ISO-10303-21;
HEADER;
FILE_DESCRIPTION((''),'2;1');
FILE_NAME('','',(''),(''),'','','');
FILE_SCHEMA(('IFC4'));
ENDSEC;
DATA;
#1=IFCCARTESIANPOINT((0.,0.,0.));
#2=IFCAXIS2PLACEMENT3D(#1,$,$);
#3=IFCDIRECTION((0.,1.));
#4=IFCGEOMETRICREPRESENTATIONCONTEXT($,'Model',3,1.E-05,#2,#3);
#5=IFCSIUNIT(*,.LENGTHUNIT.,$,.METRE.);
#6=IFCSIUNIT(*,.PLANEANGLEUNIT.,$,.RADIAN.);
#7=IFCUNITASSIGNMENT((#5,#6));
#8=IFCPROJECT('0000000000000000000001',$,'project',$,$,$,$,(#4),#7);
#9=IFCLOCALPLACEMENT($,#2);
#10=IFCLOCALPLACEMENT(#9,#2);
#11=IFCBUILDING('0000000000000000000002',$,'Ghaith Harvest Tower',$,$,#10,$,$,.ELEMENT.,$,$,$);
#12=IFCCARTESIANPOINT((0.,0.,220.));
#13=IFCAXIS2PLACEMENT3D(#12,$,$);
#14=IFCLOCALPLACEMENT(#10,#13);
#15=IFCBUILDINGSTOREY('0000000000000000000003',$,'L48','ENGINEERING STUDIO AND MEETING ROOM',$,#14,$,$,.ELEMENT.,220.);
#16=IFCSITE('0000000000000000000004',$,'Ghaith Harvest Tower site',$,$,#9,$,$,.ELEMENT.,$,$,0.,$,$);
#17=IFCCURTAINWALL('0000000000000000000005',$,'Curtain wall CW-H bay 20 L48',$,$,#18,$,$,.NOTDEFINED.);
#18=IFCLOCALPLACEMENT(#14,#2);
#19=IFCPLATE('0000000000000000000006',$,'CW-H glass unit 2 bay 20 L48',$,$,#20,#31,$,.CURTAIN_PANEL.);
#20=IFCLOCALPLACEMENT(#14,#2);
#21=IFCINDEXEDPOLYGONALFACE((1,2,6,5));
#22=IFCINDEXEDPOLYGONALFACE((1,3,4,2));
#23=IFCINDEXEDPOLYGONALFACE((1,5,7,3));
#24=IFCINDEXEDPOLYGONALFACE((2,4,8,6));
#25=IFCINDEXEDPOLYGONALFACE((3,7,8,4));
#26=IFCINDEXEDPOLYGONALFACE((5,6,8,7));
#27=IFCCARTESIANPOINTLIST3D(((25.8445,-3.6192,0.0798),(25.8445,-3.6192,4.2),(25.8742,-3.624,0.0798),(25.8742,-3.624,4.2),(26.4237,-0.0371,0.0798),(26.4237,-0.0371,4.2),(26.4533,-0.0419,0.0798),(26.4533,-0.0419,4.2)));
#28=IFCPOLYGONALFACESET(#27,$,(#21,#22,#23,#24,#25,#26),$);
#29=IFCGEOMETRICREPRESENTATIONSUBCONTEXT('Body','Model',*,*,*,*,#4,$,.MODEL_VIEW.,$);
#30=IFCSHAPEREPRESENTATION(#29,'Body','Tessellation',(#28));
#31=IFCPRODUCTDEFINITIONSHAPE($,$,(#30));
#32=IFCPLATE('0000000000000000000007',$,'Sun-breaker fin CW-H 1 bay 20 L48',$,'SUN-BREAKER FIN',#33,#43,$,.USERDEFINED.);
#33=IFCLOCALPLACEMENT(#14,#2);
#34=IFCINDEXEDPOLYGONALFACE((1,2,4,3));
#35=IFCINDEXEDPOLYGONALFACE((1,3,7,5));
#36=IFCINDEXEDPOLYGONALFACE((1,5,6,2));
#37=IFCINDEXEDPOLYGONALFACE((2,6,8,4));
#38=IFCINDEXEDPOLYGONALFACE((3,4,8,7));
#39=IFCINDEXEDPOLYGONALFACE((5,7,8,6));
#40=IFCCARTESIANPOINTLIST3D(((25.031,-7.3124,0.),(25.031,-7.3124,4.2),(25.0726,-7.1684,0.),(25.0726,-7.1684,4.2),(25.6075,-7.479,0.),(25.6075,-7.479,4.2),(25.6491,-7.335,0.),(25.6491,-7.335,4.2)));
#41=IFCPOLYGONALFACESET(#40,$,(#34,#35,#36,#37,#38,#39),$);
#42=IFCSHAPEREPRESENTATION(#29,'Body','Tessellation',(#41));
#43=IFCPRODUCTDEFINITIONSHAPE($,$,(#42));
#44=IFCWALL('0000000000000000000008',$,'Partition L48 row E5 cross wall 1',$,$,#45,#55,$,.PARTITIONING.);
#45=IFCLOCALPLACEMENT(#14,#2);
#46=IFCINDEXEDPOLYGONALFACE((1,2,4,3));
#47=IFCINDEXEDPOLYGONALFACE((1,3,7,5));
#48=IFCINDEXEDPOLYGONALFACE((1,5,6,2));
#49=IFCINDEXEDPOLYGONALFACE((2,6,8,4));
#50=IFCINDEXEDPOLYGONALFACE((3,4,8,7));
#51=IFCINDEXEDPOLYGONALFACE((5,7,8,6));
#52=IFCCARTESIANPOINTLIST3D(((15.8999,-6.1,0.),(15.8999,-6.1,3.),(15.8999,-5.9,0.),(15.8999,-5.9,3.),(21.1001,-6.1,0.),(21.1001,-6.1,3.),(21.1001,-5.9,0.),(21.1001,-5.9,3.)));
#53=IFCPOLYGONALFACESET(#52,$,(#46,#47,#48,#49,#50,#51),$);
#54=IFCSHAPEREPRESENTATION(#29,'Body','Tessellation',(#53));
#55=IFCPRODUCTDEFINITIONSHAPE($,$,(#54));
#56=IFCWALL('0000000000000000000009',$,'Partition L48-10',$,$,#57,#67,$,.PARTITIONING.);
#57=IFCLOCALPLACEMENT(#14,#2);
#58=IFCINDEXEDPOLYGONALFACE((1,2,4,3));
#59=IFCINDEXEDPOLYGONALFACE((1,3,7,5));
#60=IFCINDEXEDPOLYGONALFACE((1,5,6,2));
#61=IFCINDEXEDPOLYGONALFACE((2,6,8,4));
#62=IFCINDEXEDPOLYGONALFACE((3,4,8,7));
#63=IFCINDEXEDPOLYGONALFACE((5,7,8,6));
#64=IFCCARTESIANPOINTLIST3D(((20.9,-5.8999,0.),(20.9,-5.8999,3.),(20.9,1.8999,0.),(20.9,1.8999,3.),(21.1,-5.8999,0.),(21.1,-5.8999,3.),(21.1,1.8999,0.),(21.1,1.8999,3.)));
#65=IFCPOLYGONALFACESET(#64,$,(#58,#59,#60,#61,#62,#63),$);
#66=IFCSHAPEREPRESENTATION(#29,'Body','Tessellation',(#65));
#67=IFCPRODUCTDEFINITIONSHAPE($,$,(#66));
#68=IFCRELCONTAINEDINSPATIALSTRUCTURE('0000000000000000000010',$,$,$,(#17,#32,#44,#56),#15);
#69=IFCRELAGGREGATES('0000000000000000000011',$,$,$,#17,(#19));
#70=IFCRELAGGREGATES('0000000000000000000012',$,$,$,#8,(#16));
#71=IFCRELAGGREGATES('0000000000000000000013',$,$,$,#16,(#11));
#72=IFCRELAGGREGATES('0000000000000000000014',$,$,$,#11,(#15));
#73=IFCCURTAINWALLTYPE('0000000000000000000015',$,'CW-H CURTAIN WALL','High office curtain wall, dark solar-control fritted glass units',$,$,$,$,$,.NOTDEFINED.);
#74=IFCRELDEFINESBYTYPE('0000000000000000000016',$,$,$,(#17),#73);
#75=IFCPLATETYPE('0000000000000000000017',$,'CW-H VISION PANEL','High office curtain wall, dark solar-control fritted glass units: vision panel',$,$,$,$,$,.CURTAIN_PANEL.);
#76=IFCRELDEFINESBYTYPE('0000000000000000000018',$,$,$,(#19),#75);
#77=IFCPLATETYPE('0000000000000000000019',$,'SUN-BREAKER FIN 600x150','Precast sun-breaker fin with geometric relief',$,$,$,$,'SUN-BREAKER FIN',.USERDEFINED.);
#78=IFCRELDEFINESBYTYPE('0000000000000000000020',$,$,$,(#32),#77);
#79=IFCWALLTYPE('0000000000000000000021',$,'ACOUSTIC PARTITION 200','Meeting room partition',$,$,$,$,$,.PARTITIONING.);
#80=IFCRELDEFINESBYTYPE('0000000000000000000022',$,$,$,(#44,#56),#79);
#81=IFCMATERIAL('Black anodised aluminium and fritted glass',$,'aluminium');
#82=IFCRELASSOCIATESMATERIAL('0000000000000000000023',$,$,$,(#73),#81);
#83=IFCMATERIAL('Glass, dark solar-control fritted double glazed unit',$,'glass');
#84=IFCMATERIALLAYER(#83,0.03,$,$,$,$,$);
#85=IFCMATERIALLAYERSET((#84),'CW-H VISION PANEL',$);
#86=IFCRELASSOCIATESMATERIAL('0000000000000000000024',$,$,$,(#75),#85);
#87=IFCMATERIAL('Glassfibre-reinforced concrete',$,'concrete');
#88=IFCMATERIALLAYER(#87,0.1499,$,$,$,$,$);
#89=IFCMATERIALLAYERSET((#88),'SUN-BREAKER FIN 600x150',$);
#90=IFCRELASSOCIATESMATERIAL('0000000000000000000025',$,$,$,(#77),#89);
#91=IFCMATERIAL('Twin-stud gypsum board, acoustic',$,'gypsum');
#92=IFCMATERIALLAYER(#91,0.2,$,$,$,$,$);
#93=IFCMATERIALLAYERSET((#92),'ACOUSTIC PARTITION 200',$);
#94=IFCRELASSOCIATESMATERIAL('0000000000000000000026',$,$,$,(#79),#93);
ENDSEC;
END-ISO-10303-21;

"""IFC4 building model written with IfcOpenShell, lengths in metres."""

from ifc_helpers import new_model, si_unit, direction, frame, frame_2d, origin, origin_2d, place, context, subcontext, project, spatial, rectangle, extrude, material, layer, layer_set, type_object, element, aggregate, save


model = new_model("IFC4")

# Units and contexts
model_context = context("Model", 3, precision=1e-05, world=origin(), true_north=direction((0.0, 1.0)))
body_context = subcontext(model_context, "Body", "Model", "MODEL_VIEW")
ifc_project = project(units=[si_unit("LENGTHUNIT", "METRE"), si_unit("PLANEANGLEUNIT", "RADIAN")], contexts=[model_context])

# Site, building, storey
site_placement = place(None, origin())
site = spatial("IfcSite", under=ifc_project, at=site_placement, Name="Ghaith Harvest Tower site", CompositionType="ELEMENT", RefElevation=0.0)
building_placement = place(site_placement, origin())
building = spatial("IfcBuilding", under=site, at=building_placement, Name="Ghaith Harvest Tower", CompositionType="ELEMENT")
storey_placement = place(building_placement, frame((0.0, 0.0, 220.0)))
storey = spatial("IfcBuildingStorey", under=building, at=storey_placement, Name="L48", Description="ENGINEERING STUDIO AND MEETING ROOM", CompositionType="ELEMENT", Elevation=220.0)

# Curtain wall
ifc_material_1 = material(Name="Black anodised aluminium and fritted glass", Category="aluminium")
curtain_wall_type = type_object("IfcCurtainWallType", Name="CW-H CURTAIN WALL", Description="High office curtain wall, dark solar-control fritted glass units", PredefinedType="NOTDEFINED", material=ifc_material_1)
curtain_wall_1_placement = place(storey_placement, origin())
curtain_wall_1 = element("IfcCurtainWall", 1, at=curtain_wall_1_placement, inside=storey, type_object=curtain_wall_type, Name="Curtain wall CW-H bay 20 L48", PredefinedType="NOTDEFINED")

# Shared definitions
ifc_material_2 = material(Name="Glass, dark solar-control fritted double glazed unit", Category="glass")
ifc_layer_1 = layer(ifc_material_2, 0.03)
ifc_layer_set_1 = layer_set([ifc_layer_1], Name="CW-H VISION PANEL")
plate_type_1 = type_object("IfcPlateType", Name="CW-H VISION PANEL", Description="High office curtain wall, dark solar-control fritted glass units: vision panel", PredefinedType="CURTAIN_PANEL", material=ifc_layer_set_1)

# Plates
plate_1_placement = place(storey_placement, frame((26.1489, -1.8306, 0.0798), z_axis=(0.0, 0.0, 1.0), x_axis=(0.159601, 0.987182, 0.0)))
plate_1 = element("IfcPlate", 2, at=plate_1_placement, type_object=plate_type_1, Name="CW-H glass unit 2 bay 20 L48", PredefinedType="CURTAIN_PANEL", context=body_context, shape_type="SweptSolid", body=[
    extrude(rectangle(XDim=3.6287, YDim=0.03, at=origin_2d()), origin(), (0.0, 0.0, 1.0), 4.1201),
])
aggregate(curtain_wall_1, [plate_1])
ifc_material_3 = material(Name="Glassfibre-reinforced concrete", Category="concrete")
ifc_layer_2 = layer(ifc_material_3, 0.1499)
ifc_layer_set_2 = layer_set([ifc_layer_2], Name="SUN-BREAKER FIN 600x150")
plate_type_2 = type_object("IfcPlateType", Name="SUN-BREAKER FIN 600x150", Description="Precast sun-breaker fin with geometric relief", ElementType="SUN-BREAKER FIN", PredefinedType="USERDEFINED", material=ifc_layer_set_2)
plate_2_placement = place(storey_placement, frame((25.3401, -7.3237, 0.0), z_axis=(0.0, 0.0, 1.0), x_axis=(0.96068, -0.277657, 0.0)))
element("IfcPlate", 3, at=plate_2_placement, inside=storey, type_object=plate_type_2, Name="Sun-breaker fin CW-H 1 bay 20 L48", ObjectType="SUN-BREAKER FIN", PredefinedType="USERDEFINED", context=body_context, shape_type="SweptSolid", body=[
    extrude(rectangle(XDim=0.6001, YDim=0.1499, at=origin_2d()), origin(), (0.0, 0.0, 1.0), 4.2),
])

# Wall
ifc_material_4 = material(Name="Twin-stud gypsum board, acoustic", Category="gypsum")
ifc_layer_3 = layer(ifc_material_4, 0.2)
ifc_layer_set_3 = layer_set([ifc_layer_3], Name="ACOUSTIC PARTITION 200")
wall_type_1 = type_object("IfcWallType", Name="ACOUSTIC PARTITION 200", Description="Meeting room partition", PredefinedType="PARTITIONING", material=ifc_layer_set_3)
wall_1_placement = place(storey_placement, frame((15.8999, -6.0, 0.0), z_axis=(0.0, 0.0, 1.0), x_axis=(1.0, 0.0, 0.0)))
element("IfcWall", 4, at=wall_1_placement, inside=storey, type_object=wall_type_1, Name="Partition L48 row E5 cross wall 1", PredefinedType="PARTITIONING", context=body_context, shape_type="SweptSolid", body=[
    extrude(rectangle(XDim=5.2002, YDim=0.2, at=frame_2d((2.6001, 0.0))), origin(), (0.0, 0.0, 1.0), 3.0),
])

# Wall
wall_2_placement = place(storey_placement, frame((21.0, -5.8999, 0.0), z_axis=(0.0, 0.0, 1.0), x_axis=(0.0, 1.0, 0.0)))
element("IfcWall", 5, at=wall_2_placement, inside=storey, type_object=wall_type_1, Name="Partition L48-10", PredefinedType="PARTITIONING", context=body_context, shape_type="SweptSolid", body=[
    extrude(rectangle(XDim=7.7998, YDim=0.2, at=frame_2d((3.8999, 0.0))), origin(), (0.0, 0.0, 1.0), 3.0),
])

save(model, "model.ifc")
